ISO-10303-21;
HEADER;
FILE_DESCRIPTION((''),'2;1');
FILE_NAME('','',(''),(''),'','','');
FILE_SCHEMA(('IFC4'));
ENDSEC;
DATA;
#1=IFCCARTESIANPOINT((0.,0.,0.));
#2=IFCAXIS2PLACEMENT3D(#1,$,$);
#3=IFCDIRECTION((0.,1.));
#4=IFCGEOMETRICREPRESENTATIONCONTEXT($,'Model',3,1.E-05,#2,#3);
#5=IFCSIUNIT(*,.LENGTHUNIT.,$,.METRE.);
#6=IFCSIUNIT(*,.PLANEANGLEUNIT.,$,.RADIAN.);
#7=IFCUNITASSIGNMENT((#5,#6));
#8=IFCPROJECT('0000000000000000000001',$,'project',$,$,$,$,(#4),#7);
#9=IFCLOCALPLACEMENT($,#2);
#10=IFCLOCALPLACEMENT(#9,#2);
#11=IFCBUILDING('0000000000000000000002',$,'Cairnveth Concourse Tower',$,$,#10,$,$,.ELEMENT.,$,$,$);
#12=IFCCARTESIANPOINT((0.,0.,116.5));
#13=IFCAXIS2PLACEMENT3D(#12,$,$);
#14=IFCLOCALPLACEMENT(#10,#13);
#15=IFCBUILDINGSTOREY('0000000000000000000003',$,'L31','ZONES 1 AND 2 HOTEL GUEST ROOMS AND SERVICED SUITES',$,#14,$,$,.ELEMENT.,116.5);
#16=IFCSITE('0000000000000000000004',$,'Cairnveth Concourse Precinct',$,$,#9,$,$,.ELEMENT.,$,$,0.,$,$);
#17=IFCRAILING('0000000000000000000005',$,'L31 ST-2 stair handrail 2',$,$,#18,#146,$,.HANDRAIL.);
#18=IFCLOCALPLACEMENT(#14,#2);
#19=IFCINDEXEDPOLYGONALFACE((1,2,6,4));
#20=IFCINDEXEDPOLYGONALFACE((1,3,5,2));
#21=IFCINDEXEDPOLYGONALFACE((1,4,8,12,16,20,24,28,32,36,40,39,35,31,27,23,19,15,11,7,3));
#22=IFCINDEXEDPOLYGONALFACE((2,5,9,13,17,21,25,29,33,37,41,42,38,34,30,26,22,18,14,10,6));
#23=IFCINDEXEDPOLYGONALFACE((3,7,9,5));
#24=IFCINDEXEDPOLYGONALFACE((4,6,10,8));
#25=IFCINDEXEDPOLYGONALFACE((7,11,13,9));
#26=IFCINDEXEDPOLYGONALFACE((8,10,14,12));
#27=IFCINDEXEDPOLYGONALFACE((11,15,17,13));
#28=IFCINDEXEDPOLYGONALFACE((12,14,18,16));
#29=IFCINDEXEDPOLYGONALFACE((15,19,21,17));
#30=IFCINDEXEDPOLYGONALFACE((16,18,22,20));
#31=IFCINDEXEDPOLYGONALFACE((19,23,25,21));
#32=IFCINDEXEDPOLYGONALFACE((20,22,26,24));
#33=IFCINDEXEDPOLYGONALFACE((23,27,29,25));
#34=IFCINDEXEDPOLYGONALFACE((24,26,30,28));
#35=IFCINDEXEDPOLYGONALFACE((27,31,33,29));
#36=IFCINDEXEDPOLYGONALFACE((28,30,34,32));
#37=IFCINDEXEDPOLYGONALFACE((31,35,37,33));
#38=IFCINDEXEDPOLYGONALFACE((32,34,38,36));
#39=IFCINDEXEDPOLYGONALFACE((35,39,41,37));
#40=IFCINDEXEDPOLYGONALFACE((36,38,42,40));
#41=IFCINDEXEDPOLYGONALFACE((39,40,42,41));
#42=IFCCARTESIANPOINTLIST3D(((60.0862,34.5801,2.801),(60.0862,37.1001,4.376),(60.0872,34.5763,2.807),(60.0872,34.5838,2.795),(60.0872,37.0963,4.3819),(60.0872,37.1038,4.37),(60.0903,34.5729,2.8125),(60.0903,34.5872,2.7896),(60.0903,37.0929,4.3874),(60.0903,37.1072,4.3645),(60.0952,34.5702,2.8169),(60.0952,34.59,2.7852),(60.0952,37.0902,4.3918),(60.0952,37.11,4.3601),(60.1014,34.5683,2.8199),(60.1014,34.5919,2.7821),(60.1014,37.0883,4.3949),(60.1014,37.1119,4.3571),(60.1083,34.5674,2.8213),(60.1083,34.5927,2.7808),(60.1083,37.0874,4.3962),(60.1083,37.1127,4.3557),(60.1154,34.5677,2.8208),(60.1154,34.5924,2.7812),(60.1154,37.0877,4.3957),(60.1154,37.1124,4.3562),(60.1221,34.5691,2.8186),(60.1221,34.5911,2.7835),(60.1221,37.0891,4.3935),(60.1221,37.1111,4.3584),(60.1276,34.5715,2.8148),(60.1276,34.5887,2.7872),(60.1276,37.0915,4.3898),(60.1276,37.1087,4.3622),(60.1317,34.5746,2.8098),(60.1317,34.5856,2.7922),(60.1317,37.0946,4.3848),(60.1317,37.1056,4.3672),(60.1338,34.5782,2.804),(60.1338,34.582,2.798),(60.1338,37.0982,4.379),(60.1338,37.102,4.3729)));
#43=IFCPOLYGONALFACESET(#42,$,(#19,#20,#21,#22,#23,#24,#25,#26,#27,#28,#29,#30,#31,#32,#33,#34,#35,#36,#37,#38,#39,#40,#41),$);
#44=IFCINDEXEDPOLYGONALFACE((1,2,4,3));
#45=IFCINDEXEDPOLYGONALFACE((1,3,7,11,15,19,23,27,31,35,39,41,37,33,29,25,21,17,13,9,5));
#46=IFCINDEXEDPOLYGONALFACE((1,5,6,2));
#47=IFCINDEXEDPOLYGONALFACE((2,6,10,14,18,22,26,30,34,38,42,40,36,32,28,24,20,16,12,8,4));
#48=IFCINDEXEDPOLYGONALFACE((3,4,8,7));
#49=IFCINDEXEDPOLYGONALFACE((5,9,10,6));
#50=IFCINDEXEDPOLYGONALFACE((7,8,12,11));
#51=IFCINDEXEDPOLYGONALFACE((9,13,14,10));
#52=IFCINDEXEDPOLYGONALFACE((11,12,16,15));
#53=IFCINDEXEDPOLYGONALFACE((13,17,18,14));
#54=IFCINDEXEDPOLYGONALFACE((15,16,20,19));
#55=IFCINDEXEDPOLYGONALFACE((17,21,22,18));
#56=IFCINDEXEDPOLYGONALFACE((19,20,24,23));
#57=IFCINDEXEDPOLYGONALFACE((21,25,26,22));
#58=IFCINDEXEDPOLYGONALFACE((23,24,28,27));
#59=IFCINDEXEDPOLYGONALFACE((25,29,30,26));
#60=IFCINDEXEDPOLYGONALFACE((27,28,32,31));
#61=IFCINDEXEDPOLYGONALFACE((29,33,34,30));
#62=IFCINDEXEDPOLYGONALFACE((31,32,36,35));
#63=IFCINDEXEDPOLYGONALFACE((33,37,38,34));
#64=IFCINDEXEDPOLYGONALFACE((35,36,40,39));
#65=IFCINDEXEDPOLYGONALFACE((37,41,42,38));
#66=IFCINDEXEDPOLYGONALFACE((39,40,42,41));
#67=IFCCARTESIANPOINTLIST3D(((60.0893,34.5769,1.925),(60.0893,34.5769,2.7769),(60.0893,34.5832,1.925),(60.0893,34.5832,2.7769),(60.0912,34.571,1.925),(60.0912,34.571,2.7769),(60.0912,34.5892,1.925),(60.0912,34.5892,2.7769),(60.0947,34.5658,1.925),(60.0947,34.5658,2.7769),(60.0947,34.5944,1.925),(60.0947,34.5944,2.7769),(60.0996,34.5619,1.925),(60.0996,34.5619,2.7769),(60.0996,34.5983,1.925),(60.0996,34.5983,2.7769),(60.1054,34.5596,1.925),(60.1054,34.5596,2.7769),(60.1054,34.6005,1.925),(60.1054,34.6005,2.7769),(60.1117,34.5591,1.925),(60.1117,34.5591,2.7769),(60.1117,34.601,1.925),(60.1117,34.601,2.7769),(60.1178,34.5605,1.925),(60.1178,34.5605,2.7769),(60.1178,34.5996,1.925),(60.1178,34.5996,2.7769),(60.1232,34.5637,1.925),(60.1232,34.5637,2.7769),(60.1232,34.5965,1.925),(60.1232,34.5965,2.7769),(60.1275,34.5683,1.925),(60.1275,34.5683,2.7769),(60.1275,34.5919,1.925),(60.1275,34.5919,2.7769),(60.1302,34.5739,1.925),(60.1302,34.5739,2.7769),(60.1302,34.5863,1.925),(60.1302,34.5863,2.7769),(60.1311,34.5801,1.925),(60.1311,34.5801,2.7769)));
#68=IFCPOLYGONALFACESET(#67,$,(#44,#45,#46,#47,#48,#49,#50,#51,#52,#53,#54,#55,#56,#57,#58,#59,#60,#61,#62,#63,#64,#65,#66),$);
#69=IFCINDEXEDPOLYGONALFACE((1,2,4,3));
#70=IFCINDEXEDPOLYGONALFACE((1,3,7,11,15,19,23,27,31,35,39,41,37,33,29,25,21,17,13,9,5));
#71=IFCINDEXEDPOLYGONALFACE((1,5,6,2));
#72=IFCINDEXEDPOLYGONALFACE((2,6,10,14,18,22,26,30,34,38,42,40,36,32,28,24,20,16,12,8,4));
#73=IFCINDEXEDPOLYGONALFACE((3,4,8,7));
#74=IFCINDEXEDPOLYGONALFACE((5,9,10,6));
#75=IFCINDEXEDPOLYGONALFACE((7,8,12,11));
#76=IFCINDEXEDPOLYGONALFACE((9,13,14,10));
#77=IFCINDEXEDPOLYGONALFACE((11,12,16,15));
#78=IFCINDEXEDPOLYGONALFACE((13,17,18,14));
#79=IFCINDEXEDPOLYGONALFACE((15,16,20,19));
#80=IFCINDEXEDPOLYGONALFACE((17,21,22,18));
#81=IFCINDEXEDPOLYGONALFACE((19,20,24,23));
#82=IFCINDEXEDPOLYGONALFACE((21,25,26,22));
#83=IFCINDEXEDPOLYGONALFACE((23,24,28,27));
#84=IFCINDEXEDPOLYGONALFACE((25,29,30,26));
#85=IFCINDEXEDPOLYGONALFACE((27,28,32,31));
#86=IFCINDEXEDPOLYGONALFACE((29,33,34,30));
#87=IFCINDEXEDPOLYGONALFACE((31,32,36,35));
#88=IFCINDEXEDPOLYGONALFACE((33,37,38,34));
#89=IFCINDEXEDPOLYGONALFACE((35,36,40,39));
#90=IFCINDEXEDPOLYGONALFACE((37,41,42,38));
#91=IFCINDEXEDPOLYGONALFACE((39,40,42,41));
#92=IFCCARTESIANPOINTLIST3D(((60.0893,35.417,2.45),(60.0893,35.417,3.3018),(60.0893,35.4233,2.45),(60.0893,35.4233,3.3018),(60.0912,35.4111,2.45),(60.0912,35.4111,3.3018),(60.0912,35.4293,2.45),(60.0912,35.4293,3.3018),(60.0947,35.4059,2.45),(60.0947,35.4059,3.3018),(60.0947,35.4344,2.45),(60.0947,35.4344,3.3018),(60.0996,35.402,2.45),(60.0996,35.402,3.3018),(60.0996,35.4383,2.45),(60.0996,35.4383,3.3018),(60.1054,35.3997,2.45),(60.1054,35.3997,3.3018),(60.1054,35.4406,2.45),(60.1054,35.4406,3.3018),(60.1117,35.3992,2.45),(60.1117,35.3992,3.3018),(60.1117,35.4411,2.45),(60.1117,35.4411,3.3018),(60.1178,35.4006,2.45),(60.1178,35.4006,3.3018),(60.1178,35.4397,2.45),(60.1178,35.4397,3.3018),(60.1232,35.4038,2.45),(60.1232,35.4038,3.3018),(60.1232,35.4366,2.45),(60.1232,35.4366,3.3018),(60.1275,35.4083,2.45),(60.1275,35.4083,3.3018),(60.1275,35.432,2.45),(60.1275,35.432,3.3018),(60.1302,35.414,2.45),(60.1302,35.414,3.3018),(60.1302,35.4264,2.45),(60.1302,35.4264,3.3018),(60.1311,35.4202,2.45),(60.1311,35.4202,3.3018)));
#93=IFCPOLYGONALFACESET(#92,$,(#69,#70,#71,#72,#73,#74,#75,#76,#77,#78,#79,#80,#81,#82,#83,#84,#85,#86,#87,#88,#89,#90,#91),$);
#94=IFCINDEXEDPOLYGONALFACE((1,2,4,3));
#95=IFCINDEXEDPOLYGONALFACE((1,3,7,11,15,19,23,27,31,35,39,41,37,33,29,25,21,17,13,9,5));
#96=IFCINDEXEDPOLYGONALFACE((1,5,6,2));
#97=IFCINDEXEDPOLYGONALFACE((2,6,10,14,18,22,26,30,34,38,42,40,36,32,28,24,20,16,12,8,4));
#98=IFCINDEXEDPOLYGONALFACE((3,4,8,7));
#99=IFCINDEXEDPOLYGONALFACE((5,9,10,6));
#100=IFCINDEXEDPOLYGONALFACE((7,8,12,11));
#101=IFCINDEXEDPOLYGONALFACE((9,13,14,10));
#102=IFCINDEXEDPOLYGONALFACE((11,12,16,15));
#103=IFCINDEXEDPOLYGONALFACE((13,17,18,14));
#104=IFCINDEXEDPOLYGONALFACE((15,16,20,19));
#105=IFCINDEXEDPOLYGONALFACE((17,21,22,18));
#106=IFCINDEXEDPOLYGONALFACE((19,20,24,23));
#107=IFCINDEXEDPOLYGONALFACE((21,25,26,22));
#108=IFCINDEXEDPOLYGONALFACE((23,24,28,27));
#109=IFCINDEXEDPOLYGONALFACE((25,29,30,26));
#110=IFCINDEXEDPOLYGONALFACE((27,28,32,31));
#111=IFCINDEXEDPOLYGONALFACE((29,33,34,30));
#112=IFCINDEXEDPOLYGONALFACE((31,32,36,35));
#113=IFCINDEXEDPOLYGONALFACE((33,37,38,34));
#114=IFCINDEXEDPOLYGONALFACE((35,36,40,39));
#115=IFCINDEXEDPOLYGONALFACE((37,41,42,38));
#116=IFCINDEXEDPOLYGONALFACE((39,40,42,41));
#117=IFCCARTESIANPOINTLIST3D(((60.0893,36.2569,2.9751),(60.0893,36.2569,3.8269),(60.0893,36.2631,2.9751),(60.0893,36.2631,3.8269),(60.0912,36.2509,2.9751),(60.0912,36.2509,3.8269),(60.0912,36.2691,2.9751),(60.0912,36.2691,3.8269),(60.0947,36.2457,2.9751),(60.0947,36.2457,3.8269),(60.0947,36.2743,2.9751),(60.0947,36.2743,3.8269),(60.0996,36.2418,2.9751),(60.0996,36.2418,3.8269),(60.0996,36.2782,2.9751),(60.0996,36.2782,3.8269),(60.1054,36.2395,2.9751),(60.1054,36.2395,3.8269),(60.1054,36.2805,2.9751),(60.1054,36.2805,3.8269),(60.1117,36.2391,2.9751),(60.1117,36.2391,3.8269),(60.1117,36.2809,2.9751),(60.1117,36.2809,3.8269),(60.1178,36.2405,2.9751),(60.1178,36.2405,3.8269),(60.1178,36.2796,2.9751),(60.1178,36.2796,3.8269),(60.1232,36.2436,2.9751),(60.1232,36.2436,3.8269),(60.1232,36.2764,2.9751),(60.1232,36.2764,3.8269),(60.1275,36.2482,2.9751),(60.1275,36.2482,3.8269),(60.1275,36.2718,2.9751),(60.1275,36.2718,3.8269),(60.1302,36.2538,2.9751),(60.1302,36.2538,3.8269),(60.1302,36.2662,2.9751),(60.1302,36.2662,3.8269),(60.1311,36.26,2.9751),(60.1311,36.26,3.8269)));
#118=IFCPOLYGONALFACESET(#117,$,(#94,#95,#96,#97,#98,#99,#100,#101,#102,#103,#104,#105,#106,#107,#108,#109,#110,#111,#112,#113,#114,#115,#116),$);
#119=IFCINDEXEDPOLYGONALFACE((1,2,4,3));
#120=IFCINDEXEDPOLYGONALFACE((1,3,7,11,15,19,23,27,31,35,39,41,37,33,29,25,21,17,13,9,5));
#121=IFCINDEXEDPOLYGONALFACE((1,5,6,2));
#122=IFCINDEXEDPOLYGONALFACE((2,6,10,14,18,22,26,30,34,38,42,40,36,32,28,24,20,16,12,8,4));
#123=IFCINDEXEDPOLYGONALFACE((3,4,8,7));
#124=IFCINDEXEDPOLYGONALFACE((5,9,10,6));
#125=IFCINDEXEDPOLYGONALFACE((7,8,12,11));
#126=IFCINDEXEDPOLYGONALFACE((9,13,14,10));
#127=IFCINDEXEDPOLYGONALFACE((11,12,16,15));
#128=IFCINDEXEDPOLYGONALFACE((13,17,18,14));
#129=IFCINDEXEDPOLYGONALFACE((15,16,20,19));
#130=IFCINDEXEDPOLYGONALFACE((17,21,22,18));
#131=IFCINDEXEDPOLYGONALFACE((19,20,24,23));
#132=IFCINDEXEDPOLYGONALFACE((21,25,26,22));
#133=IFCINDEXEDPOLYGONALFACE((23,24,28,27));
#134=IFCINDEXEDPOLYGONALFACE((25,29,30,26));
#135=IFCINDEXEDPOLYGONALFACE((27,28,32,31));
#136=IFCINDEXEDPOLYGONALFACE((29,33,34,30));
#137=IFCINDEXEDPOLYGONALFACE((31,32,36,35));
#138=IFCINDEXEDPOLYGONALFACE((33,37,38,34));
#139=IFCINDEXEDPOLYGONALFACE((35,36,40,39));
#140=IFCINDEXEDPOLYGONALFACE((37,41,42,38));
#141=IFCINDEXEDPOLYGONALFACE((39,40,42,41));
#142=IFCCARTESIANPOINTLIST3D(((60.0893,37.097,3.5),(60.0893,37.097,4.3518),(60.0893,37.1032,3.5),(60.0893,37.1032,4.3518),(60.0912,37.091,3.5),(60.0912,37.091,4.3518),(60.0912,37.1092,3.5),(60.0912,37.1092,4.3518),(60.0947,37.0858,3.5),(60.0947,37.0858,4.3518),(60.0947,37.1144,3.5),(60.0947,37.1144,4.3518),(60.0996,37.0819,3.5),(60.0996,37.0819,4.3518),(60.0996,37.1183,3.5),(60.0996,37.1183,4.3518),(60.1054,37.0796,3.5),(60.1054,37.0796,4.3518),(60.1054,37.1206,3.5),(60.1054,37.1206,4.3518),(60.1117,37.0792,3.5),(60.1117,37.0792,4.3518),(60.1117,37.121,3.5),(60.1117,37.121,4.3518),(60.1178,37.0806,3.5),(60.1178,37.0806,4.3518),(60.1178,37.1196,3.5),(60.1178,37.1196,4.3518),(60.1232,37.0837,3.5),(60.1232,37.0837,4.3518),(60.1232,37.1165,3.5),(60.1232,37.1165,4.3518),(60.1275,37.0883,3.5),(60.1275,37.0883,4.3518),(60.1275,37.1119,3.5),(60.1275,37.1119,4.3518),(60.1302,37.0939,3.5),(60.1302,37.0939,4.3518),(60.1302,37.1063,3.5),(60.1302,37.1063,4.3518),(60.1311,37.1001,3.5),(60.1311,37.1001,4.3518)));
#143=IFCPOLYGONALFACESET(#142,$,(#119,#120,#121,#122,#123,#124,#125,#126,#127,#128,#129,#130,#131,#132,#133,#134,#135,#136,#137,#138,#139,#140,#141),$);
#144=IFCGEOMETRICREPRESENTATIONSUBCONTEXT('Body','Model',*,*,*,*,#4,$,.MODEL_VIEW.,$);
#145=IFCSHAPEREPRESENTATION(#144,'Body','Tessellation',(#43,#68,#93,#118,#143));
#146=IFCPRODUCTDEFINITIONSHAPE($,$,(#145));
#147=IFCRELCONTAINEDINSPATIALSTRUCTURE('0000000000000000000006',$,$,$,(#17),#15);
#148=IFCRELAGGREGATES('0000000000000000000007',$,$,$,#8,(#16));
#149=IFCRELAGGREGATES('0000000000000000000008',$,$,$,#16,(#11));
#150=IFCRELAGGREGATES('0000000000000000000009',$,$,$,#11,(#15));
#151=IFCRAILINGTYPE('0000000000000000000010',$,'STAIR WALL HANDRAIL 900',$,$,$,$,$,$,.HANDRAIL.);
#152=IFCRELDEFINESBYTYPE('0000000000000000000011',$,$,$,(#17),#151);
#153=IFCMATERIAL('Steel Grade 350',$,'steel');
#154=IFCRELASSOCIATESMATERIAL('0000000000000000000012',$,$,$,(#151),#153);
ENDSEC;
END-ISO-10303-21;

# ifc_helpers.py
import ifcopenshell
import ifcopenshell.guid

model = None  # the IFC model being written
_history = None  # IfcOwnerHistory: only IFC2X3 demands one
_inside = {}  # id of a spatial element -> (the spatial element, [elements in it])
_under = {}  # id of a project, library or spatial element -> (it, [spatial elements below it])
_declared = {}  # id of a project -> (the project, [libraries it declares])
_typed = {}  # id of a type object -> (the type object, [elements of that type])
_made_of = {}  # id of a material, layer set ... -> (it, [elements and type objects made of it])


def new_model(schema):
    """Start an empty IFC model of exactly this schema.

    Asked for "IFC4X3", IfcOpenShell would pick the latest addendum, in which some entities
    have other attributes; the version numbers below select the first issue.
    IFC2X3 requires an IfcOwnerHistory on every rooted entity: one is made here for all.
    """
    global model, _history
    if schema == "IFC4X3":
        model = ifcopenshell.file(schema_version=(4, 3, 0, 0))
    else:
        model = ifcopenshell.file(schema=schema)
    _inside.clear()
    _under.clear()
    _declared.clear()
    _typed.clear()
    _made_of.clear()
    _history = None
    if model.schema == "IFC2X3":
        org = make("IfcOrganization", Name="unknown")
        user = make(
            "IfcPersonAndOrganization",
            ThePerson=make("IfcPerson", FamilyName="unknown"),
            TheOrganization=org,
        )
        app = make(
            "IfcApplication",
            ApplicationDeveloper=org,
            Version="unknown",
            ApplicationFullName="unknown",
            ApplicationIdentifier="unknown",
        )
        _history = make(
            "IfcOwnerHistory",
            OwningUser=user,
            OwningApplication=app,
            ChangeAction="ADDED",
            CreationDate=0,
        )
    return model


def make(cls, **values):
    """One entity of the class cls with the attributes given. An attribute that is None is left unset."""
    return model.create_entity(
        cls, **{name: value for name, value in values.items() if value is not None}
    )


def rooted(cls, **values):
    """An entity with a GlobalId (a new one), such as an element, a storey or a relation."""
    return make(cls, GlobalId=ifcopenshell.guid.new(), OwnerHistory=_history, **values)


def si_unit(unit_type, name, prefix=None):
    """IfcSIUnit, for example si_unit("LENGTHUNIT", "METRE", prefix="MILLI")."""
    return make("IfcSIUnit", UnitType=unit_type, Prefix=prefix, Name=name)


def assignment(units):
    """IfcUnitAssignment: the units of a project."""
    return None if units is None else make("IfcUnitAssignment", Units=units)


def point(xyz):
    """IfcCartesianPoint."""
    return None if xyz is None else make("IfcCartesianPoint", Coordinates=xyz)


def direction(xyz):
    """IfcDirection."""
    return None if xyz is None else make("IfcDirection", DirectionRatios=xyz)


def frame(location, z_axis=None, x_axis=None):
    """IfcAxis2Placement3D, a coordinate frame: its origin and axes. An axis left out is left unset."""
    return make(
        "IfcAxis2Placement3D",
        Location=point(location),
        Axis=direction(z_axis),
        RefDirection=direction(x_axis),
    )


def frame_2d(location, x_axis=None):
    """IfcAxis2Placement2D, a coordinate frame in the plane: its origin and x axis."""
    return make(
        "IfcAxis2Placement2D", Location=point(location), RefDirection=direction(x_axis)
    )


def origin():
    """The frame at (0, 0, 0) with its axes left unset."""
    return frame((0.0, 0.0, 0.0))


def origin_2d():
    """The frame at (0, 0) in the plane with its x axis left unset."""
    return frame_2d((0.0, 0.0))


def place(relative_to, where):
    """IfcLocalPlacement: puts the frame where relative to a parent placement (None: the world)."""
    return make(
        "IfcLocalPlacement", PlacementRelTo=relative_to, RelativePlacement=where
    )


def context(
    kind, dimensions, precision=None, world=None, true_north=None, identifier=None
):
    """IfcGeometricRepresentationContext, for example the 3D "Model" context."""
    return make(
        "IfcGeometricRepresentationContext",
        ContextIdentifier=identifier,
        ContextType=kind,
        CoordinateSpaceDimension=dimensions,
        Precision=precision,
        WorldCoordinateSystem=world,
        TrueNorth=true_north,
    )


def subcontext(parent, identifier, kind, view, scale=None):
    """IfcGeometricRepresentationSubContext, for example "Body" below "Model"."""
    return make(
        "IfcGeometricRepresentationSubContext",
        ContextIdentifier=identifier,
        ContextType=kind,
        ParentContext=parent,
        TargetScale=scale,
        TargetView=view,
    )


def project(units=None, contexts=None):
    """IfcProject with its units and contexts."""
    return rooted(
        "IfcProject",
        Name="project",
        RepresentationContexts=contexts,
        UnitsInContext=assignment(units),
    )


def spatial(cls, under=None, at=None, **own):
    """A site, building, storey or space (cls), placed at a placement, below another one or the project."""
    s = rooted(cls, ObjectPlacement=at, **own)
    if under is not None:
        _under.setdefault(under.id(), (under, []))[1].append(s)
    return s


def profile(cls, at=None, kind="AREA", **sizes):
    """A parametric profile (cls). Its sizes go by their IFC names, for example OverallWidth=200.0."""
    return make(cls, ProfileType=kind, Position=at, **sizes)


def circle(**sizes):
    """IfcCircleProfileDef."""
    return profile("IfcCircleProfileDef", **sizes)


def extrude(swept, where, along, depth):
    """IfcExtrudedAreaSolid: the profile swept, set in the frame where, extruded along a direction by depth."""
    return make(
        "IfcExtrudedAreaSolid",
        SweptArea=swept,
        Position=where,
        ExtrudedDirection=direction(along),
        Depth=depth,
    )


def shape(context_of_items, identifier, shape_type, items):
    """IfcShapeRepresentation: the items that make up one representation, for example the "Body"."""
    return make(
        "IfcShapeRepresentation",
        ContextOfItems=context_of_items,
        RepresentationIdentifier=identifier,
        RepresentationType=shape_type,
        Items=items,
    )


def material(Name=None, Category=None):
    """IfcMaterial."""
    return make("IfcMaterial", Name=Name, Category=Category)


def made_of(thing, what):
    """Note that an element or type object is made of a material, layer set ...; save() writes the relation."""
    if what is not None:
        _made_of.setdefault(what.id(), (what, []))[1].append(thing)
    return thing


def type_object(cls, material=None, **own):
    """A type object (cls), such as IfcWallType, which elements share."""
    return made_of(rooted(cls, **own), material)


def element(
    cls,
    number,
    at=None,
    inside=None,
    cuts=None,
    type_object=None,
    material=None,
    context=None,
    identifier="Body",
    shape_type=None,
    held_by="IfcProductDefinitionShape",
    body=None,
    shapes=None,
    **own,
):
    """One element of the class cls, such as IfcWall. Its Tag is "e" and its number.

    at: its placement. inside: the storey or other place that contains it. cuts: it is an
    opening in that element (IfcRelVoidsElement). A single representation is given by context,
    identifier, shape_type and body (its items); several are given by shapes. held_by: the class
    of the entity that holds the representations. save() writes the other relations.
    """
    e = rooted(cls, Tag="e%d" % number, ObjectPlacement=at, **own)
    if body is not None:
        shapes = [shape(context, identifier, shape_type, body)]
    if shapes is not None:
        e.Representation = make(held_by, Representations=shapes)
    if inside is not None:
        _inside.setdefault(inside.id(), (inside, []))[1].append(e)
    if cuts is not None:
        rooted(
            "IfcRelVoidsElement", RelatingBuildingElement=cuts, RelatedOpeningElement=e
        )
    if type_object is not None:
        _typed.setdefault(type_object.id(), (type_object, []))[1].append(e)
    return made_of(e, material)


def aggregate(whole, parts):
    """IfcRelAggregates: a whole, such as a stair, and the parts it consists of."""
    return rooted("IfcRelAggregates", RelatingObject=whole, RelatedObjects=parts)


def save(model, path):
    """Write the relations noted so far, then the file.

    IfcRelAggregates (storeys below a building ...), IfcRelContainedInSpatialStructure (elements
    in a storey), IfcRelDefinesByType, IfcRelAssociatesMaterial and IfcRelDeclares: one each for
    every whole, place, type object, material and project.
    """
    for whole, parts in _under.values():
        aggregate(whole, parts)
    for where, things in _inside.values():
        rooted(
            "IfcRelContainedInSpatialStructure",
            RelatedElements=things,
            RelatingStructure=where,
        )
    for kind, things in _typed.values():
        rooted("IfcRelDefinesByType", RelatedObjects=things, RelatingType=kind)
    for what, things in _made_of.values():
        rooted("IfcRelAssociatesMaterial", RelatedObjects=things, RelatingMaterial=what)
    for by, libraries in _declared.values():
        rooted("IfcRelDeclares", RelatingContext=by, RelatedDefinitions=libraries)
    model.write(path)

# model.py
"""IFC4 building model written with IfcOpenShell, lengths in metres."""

from ifc_helpers import new_model, si_unit, direction, frame, origin, origin_2d, place, context, subcontext, project, spatial, circle, extrude, material, type_object, element, save


model = new_model("IFC4")

# Units and contexts
model_context = context("Model", 3, precision=1e-05, world=origin(), true_north=direction((0.0, 1.0)))
body_context = subcontext(model_context, "Body", "Model", "MODEL_VIEW")
ifc_project = project(units=[si_unit("LENGTHUNIT", "METRE"), si_unit("PLANEANGLEUNIT", "RADIAN")], contexts=[model_context])

# Site, building, storey
site_placement = place(None, origin())
site = spatial("IfcSite", under=ifc_project, at=site_placement, Name="Cairnveth Concourse Precinct", CompositionType="ELEMENT", RefElevation=0.0)
building_placement = place(site_placement, origin())
building = spatial("IfcBuilding", under=site, at=building_placement, Name="Cairnveth Concourse Tower", CompositionType="ELEMENT")
storey_placement = place(building_placement, frame((0.0, 0.0, 116.5)))
storey = spatial("IfcBuildingStorey", under=building, at=storey_placement, Name="L31", Description="ZONES 1 AND 2 HOTEL GUEST ROOMS AND SERVICED SUITES", CompositionType="ELEMENT", Elevation=116.5)

# Shared definitions
ifc_material_1 = material(Name="Steel Grade 350", Category="steel")

# Railing
railing_type_1 = type_object("IfcRailingType", Name="STAIR WALL HANDRAIL 900", PredefinedType="HANDRAIL", material=ifc_material_1)
railing_1_placement = place(storey_placement, frame((60.1101, 34.5801, 1.925)))
element("IfcRailing", 1, at=railing_1_placement, inside=storey, type_object=railing_type_1, Name="L31 ST-2 stair handrail 2", PredefinedType="HANDRAIL", context=body_context, shape_type="SweptSolid", body=[
    extrude(circle(Radius=0.0239, at=origin_2d()), frame((0.0, 0.0, 0.876), z_axis=(0.0, 0.848008, 0.529984), x_axis=(-1.0, 0.0, 0.0)), (0.0, 0.0, 1.0), 2.9717),
    extrude(circle(Radius=0.021, at=origin_2d()), origin(), (0.0, 0.0, 1.0), 0.8518),
    extrude(circle(Radius=0.021, at=origin_2d()), frame((0.0, 0.8401, 0.5249)), (0.0, 0.0, 1.0), 0.8518),
    extrude(circle(Radius=0.021, at=origin_2d()), frame((0.0, 1.6799, 1.05)), (0.0, 0.0, 1.0), 0.8518),
    extrude(circle(Radius=0.021, at=origin_2d()), frame((0.0, 2.52, 1.575)), (0.0, 0.0, 1.0), 0.8518),
])

save(model, "model.ifc")
